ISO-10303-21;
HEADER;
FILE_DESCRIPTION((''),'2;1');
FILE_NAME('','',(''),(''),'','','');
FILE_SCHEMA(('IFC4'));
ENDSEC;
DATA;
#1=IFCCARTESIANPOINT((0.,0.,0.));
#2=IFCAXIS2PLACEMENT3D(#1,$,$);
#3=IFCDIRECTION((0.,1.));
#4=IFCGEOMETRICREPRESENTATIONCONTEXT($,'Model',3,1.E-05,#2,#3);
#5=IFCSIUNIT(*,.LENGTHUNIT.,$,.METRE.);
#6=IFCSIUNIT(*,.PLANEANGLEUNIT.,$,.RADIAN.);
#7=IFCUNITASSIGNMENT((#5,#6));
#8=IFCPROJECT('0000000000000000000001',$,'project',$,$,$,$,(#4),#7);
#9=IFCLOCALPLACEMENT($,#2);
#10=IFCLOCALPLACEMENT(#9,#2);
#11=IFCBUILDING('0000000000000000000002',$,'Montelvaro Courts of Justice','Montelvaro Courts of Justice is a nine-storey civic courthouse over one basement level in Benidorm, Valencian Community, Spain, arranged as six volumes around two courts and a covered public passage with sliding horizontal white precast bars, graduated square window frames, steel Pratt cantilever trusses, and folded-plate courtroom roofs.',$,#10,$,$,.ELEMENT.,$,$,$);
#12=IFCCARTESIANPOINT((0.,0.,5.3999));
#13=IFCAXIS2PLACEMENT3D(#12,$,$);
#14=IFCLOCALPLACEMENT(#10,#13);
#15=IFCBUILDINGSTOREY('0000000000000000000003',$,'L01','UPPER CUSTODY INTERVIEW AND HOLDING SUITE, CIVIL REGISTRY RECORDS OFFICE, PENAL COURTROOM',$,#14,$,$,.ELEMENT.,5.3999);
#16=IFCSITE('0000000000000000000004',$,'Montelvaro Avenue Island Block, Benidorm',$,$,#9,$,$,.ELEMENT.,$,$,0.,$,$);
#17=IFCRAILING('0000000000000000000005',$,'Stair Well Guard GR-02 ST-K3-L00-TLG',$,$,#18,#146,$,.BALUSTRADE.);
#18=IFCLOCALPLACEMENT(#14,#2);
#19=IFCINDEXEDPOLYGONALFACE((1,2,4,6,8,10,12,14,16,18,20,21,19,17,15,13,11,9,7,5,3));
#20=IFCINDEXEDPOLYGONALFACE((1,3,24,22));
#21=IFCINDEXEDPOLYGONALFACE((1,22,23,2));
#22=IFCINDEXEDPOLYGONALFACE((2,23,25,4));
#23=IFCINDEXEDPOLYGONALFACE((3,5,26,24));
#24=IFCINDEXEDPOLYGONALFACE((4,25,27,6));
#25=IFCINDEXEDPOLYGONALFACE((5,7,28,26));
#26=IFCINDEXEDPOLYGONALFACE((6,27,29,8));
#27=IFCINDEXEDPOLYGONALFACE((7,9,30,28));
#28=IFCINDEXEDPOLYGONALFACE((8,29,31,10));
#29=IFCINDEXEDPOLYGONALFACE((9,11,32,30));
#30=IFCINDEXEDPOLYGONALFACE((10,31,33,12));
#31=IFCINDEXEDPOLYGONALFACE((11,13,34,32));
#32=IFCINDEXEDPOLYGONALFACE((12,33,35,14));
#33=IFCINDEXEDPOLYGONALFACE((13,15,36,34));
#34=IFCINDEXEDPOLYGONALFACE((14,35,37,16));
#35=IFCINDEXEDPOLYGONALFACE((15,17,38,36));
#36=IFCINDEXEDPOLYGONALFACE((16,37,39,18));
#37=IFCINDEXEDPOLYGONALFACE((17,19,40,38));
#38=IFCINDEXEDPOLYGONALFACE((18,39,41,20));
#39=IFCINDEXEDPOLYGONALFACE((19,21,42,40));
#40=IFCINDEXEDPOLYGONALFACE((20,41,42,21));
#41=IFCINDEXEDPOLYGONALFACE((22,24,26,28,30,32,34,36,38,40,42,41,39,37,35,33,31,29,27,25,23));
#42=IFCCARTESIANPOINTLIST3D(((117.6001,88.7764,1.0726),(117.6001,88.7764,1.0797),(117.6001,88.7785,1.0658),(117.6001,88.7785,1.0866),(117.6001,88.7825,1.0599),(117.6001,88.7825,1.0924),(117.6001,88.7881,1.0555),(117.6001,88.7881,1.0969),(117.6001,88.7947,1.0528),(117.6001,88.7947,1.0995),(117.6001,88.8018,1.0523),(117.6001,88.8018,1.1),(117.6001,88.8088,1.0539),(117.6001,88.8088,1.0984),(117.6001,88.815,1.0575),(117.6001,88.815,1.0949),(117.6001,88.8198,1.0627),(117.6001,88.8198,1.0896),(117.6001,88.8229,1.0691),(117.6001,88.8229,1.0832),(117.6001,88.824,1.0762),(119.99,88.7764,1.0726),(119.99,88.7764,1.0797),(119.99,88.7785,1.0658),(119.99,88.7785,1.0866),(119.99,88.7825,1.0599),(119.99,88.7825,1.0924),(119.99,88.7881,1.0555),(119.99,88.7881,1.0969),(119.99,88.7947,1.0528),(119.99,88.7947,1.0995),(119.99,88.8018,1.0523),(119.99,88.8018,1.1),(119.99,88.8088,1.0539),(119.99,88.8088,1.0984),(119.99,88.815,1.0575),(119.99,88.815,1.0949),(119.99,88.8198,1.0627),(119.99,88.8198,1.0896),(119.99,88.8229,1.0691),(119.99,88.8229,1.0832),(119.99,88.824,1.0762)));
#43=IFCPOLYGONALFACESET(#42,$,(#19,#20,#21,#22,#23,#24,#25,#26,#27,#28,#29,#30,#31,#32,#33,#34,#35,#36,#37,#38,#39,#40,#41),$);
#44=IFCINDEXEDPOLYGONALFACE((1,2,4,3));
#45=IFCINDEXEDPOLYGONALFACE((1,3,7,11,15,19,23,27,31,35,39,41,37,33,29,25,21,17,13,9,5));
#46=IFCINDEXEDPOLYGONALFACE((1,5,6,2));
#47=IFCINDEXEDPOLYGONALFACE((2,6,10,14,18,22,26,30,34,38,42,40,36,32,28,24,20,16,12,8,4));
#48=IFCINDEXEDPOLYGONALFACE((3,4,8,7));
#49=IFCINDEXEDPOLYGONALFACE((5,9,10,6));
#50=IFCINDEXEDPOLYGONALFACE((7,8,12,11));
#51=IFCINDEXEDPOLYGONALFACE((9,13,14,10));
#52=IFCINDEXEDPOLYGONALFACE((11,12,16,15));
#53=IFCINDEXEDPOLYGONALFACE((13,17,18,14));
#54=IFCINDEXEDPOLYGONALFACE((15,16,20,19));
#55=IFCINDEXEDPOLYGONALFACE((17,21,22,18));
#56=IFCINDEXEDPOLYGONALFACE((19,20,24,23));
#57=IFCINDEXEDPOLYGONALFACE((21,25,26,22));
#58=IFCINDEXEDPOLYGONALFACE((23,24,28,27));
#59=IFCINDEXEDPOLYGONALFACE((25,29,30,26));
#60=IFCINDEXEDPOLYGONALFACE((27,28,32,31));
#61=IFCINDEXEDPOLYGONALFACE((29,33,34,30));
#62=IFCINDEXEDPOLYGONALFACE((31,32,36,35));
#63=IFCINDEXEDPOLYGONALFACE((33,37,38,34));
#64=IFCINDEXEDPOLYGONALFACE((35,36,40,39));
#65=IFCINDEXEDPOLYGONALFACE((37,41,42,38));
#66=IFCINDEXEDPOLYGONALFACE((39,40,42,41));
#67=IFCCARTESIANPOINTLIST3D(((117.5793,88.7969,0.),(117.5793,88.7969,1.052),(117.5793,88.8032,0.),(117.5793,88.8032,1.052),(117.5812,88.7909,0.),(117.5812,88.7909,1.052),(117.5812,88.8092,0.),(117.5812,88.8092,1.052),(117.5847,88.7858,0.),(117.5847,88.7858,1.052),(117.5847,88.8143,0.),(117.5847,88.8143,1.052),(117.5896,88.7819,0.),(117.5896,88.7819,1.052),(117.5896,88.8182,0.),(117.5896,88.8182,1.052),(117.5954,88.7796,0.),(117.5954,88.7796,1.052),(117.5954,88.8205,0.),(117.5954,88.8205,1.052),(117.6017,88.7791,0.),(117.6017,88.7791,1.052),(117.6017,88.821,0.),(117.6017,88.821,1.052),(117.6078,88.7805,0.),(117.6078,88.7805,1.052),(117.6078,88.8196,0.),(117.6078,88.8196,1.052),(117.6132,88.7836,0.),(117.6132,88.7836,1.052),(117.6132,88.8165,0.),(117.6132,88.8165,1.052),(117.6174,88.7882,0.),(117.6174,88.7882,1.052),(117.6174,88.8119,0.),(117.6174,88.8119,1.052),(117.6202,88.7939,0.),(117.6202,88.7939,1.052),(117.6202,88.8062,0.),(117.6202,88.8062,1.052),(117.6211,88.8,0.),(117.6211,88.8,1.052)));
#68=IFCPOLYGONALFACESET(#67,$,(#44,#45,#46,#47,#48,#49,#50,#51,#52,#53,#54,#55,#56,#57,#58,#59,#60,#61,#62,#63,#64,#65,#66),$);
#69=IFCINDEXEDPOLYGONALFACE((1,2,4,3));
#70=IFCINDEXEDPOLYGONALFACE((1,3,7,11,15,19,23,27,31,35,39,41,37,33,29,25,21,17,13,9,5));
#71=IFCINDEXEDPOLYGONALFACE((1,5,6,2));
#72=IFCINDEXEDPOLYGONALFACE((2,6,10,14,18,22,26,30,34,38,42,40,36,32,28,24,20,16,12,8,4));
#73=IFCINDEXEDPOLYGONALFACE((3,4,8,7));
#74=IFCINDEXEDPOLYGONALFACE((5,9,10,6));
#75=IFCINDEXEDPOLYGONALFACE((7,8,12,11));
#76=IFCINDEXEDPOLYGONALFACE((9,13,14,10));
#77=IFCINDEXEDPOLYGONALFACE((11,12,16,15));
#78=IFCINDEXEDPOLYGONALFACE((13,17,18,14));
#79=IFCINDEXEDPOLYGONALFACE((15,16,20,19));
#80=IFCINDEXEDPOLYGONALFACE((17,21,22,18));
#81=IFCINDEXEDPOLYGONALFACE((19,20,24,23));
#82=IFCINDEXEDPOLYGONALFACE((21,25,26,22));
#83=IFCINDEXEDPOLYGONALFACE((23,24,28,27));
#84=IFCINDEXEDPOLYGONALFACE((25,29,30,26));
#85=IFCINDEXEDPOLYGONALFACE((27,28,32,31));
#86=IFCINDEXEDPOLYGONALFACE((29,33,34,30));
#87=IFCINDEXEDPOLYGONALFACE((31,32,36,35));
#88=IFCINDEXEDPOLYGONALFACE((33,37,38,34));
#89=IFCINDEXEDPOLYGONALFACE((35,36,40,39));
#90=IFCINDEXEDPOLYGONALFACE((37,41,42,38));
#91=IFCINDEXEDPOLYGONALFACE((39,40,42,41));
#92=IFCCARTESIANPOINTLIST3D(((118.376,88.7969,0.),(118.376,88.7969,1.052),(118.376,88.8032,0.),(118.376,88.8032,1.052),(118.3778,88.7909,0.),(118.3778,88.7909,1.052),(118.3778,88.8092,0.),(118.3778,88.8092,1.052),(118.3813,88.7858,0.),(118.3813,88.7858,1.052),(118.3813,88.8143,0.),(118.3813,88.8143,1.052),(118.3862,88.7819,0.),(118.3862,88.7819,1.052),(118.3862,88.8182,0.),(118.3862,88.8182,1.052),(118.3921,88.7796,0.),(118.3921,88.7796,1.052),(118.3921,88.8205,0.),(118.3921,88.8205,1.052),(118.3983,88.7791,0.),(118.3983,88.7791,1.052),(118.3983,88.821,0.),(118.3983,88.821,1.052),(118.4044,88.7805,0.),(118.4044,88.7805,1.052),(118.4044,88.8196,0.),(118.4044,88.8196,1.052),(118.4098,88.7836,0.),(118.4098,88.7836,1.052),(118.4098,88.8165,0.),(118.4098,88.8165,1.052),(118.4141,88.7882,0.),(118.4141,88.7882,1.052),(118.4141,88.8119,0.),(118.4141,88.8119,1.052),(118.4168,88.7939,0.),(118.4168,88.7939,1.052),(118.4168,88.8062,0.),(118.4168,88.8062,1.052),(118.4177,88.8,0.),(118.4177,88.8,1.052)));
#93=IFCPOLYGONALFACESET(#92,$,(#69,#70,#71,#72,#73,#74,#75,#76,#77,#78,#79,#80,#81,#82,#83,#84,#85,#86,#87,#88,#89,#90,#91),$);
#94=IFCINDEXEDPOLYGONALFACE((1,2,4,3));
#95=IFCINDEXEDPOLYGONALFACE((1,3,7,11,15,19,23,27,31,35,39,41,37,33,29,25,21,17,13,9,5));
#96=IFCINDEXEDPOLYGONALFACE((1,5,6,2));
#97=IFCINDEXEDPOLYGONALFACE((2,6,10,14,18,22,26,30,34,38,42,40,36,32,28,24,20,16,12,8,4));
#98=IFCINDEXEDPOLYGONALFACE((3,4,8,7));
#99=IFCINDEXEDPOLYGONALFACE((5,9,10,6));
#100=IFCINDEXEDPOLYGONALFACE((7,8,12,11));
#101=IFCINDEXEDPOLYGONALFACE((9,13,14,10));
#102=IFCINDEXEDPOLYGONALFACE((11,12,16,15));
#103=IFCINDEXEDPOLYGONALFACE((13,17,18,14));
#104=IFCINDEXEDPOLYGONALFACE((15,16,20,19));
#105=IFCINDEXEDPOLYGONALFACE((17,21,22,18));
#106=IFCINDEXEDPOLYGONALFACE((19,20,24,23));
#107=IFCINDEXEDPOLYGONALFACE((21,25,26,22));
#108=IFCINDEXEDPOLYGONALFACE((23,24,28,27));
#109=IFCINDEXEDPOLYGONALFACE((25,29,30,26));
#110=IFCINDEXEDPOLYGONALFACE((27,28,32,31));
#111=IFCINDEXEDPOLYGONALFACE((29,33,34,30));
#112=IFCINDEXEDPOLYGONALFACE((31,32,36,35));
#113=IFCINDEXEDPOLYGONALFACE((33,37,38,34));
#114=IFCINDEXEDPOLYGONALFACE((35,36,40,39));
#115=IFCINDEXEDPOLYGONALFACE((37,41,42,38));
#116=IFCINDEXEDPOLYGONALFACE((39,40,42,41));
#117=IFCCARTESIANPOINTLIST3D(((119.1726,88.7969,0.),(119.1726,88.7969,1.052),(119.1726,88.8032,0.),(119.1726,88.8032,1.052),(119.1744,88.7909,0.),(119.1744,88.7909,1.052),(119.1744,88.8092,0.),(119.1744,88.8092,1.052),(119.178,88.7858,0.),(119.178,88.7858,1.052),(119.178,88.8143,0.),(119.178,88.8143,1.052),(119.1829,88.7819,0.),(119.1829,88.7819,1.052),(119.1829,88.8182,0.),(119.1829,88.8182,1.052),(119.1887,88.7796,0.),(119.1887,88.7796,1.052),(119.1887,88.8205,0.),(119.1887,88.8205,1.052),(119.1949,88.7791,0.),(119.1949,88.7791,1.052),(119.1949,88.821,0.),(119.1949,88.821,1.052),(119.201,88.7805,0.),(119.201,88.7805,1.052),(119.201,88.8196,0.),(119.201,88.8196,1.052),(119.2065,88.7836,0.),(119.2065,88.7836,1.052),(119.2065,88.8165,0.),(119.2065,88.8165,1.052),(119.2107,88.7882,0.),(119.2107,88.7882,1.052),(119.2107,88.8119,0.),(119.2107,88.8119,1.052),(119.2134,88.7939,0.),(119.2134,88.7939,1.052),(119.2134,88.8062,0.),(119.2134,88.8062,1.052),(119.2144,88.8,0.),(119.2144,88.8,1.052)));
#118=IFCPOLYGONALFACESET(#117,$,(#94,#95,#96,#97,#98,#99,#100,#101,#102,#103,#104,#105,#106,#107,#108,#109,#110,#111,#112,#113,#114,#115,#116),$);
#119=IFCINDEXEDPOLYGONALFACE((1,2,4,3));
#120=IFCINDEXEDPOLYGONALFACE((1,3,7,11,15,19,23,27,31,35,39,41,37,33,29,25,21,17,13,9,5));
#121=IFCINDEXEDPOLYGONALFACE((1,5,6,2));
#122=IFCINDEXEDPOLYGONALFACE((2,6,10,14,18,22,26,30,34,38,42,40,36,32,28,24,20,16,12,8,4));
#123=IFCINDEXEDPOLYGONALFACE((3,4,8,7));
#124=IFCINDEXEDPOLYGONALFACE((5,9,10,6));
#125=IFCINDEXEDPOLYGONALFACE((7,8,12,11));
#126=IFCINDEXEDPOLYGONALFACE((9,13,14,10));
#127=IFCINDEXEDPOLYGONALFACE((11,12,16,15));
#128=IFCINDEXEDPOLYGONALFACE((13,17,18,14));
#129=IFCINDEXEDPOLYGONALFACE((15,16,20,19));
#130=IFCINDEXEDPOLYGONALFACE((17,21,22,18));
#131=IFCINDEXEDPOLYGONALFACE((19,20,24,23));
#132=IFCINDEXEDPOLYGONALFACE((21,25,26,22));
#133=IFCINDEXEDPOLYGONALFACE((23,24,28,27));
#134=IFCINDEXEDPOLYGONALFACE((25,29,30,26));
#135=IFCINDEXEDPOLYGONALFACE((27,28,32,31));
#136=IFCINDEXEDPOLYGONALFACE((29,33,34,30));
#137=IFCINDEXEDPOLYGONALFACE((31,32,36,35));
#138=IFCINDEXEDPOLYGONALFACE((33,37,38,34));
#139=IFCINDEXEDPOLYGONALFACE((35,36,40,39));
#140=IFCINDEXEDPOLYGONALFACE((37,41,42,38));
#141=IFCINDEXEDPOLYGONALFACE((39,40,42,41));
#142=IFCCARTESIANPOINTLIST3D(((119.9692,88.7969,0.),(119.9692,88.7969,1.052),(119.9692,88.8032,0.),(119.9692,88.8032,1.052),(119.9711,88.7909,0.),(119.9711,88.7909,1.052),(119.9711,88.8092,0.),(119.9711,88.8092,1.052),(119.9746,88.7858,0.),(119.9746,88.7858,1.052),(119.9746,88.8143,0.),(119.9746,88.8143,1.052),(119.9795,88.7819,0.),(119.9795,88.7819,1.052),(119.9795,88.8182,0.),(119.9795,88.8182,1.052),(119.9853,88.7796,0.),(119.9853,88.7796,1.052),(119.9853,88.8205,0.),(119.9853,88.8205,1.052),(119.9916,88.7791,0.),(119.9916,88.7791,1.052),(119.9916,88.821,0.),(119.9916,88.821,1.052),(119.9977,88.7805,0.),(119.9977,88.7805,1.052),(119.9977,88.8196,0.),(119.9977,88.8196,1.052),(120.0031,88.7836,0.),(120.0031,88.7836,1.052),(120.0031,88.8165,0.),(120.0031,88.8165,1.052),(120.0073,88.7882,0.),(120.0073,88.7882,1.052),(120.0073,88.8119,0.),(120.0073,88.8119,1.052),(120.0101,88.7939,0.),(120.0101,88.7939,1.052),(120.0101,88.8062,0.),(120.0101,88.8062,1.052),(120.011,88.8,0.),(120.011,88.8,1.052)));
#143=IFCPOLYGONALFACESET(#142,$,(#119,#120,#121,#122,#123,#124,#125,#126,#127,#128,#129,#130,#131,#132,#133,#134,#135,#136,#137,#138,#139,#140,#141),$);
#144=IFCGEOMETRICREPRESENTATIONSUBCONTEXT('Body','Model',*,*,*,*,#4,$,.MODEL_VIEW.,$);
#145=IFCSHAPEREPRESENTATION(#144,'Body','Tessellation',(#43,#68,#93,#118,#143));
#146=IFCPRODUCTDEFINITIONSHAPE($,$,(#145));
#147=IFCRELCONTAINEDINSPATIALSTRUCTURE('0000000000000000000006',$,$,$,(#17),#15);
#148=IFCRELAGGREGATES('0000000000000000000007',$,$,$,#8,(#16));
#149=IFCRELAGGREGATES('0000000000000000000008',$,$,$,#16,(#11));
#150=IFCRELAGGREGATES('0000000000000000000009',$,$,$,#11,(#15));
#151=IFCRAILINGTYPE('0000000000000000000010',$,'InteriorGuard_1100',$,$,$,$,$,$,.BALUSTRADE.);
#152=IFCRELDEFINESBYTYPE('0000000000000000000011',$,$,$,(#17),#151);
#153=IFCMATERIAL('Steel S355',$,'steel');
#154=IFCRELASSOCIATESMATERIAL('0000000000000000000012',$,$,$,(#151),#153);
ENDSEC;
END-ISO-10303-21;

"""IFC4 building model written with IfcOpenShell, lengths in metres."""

from ifc_helpers import new_model, si_unit, direction, frame, origin, origin_2d, place, context, subcontext, project, spatial, circle, extrude, material, type_object, element, save


model = new_model("IFC4")

# Units and contexts
model_context = context("Model", 3, precision=1e-05, world=origin(), true_north=direction((0.0, 1.0)))
body_context = subcontext(model_context, "Body", "Model", "MODEL_VIEW")
ifc_project = project(units=[si_unit("LENGTHUNIT", "METRE"), si_unit("PLANEANGLEUNIT", "RADIAN")], contexts=[model_context])

# Site, building, storey
site_placement = place(None, origin())
site = spatial("IfcSite", under=ifc_project, at=site_placement, Name="Montelvaro Avenue Island Block, Benidorm", CompositionType="ELEMENT", RefElevation=0.0)
building_placement = place(site_placement, origin())
building = spatial("IfcBuilding", under=site, at=building_placement, Name="Montelvaro Courts of Justice", Description="Montelvaro Courts of Justice is a nine-storey civic courthouse over one basement level in Benidorm, Valencian Community, Spain, arranged as six volumes around two courts and a covered public passage with sliding horizontal white precast bars, graduated square window frames, steel Pratt cantilever trusses, and folded-plate courtroom roofs.", CompositionType="ELEMENT")
storey_placement = place(building_placement, frame((0.0, 0.0, 5.3999)))
storey = spatial("IfcBuildingStorey", under=building, at=storey_placement, Name="L01", Description="UPPER CUSTODY INTERVIEW AND HOLDING SUITE, CIVIL REGISTRY RECORDS OFFICE, PENAL COURTROOM", CompositionType="ELEMENT", Elevation=5.3999)

# Shared definitions
ifc_material_1 = material(Name="Steel S355", Category="steel")

# Railing
railing_type_1 = type_object("IfcRailingType", Name="InteriorGuard_1100", PredefinedType="BALUSTRADE", material=ifc_material_1)
railing_1_placement = place(storey_placement, frame((117.6001, 88.8, 0.0)))
element("IfcRailing", 1, at=railing_1_placement, inside=storey, type_object=railing_type_1, Name="Stair Well Guard GR-02 ST-K3-L00-TLG", PredefinedType="BALUSTRADE", context=body_context, shape_type="SweptSolid", body=[
    extrude(circle(Radius=0.0239, at=origin_2d()), frame((0.0, 0.0, 1.0762), z_axis=(1.0, 0.0, 0.0), x_axis=(0.0, 1.0, 0.0)), (0.0, 0.0, 1.0), 2.3899),
    extrude(circle(Radius=0.021, at=origin_2d()), origin(), (0.0, 0.0, 1.0), 1.052),
    extrude(circle(Radius=0.021, at=origin_2d()), frame((0.7966, 0.0, 0.0)), (0.0, 0.0, 1.0), 1.052),
    extrude(circle(Radius=0.021, at=origin_2d()), frame((1.5933, 0.0, 0.0)), (0.0, 0.0, 1.0), 1.052),
    extrude(circle(Radius=0.021, at=origin_2d()), frame((2.3899, 0.0, 0.0)), (0.0, 0.0, 1.0), 1.052),
])

save(model, "model.ifc")
